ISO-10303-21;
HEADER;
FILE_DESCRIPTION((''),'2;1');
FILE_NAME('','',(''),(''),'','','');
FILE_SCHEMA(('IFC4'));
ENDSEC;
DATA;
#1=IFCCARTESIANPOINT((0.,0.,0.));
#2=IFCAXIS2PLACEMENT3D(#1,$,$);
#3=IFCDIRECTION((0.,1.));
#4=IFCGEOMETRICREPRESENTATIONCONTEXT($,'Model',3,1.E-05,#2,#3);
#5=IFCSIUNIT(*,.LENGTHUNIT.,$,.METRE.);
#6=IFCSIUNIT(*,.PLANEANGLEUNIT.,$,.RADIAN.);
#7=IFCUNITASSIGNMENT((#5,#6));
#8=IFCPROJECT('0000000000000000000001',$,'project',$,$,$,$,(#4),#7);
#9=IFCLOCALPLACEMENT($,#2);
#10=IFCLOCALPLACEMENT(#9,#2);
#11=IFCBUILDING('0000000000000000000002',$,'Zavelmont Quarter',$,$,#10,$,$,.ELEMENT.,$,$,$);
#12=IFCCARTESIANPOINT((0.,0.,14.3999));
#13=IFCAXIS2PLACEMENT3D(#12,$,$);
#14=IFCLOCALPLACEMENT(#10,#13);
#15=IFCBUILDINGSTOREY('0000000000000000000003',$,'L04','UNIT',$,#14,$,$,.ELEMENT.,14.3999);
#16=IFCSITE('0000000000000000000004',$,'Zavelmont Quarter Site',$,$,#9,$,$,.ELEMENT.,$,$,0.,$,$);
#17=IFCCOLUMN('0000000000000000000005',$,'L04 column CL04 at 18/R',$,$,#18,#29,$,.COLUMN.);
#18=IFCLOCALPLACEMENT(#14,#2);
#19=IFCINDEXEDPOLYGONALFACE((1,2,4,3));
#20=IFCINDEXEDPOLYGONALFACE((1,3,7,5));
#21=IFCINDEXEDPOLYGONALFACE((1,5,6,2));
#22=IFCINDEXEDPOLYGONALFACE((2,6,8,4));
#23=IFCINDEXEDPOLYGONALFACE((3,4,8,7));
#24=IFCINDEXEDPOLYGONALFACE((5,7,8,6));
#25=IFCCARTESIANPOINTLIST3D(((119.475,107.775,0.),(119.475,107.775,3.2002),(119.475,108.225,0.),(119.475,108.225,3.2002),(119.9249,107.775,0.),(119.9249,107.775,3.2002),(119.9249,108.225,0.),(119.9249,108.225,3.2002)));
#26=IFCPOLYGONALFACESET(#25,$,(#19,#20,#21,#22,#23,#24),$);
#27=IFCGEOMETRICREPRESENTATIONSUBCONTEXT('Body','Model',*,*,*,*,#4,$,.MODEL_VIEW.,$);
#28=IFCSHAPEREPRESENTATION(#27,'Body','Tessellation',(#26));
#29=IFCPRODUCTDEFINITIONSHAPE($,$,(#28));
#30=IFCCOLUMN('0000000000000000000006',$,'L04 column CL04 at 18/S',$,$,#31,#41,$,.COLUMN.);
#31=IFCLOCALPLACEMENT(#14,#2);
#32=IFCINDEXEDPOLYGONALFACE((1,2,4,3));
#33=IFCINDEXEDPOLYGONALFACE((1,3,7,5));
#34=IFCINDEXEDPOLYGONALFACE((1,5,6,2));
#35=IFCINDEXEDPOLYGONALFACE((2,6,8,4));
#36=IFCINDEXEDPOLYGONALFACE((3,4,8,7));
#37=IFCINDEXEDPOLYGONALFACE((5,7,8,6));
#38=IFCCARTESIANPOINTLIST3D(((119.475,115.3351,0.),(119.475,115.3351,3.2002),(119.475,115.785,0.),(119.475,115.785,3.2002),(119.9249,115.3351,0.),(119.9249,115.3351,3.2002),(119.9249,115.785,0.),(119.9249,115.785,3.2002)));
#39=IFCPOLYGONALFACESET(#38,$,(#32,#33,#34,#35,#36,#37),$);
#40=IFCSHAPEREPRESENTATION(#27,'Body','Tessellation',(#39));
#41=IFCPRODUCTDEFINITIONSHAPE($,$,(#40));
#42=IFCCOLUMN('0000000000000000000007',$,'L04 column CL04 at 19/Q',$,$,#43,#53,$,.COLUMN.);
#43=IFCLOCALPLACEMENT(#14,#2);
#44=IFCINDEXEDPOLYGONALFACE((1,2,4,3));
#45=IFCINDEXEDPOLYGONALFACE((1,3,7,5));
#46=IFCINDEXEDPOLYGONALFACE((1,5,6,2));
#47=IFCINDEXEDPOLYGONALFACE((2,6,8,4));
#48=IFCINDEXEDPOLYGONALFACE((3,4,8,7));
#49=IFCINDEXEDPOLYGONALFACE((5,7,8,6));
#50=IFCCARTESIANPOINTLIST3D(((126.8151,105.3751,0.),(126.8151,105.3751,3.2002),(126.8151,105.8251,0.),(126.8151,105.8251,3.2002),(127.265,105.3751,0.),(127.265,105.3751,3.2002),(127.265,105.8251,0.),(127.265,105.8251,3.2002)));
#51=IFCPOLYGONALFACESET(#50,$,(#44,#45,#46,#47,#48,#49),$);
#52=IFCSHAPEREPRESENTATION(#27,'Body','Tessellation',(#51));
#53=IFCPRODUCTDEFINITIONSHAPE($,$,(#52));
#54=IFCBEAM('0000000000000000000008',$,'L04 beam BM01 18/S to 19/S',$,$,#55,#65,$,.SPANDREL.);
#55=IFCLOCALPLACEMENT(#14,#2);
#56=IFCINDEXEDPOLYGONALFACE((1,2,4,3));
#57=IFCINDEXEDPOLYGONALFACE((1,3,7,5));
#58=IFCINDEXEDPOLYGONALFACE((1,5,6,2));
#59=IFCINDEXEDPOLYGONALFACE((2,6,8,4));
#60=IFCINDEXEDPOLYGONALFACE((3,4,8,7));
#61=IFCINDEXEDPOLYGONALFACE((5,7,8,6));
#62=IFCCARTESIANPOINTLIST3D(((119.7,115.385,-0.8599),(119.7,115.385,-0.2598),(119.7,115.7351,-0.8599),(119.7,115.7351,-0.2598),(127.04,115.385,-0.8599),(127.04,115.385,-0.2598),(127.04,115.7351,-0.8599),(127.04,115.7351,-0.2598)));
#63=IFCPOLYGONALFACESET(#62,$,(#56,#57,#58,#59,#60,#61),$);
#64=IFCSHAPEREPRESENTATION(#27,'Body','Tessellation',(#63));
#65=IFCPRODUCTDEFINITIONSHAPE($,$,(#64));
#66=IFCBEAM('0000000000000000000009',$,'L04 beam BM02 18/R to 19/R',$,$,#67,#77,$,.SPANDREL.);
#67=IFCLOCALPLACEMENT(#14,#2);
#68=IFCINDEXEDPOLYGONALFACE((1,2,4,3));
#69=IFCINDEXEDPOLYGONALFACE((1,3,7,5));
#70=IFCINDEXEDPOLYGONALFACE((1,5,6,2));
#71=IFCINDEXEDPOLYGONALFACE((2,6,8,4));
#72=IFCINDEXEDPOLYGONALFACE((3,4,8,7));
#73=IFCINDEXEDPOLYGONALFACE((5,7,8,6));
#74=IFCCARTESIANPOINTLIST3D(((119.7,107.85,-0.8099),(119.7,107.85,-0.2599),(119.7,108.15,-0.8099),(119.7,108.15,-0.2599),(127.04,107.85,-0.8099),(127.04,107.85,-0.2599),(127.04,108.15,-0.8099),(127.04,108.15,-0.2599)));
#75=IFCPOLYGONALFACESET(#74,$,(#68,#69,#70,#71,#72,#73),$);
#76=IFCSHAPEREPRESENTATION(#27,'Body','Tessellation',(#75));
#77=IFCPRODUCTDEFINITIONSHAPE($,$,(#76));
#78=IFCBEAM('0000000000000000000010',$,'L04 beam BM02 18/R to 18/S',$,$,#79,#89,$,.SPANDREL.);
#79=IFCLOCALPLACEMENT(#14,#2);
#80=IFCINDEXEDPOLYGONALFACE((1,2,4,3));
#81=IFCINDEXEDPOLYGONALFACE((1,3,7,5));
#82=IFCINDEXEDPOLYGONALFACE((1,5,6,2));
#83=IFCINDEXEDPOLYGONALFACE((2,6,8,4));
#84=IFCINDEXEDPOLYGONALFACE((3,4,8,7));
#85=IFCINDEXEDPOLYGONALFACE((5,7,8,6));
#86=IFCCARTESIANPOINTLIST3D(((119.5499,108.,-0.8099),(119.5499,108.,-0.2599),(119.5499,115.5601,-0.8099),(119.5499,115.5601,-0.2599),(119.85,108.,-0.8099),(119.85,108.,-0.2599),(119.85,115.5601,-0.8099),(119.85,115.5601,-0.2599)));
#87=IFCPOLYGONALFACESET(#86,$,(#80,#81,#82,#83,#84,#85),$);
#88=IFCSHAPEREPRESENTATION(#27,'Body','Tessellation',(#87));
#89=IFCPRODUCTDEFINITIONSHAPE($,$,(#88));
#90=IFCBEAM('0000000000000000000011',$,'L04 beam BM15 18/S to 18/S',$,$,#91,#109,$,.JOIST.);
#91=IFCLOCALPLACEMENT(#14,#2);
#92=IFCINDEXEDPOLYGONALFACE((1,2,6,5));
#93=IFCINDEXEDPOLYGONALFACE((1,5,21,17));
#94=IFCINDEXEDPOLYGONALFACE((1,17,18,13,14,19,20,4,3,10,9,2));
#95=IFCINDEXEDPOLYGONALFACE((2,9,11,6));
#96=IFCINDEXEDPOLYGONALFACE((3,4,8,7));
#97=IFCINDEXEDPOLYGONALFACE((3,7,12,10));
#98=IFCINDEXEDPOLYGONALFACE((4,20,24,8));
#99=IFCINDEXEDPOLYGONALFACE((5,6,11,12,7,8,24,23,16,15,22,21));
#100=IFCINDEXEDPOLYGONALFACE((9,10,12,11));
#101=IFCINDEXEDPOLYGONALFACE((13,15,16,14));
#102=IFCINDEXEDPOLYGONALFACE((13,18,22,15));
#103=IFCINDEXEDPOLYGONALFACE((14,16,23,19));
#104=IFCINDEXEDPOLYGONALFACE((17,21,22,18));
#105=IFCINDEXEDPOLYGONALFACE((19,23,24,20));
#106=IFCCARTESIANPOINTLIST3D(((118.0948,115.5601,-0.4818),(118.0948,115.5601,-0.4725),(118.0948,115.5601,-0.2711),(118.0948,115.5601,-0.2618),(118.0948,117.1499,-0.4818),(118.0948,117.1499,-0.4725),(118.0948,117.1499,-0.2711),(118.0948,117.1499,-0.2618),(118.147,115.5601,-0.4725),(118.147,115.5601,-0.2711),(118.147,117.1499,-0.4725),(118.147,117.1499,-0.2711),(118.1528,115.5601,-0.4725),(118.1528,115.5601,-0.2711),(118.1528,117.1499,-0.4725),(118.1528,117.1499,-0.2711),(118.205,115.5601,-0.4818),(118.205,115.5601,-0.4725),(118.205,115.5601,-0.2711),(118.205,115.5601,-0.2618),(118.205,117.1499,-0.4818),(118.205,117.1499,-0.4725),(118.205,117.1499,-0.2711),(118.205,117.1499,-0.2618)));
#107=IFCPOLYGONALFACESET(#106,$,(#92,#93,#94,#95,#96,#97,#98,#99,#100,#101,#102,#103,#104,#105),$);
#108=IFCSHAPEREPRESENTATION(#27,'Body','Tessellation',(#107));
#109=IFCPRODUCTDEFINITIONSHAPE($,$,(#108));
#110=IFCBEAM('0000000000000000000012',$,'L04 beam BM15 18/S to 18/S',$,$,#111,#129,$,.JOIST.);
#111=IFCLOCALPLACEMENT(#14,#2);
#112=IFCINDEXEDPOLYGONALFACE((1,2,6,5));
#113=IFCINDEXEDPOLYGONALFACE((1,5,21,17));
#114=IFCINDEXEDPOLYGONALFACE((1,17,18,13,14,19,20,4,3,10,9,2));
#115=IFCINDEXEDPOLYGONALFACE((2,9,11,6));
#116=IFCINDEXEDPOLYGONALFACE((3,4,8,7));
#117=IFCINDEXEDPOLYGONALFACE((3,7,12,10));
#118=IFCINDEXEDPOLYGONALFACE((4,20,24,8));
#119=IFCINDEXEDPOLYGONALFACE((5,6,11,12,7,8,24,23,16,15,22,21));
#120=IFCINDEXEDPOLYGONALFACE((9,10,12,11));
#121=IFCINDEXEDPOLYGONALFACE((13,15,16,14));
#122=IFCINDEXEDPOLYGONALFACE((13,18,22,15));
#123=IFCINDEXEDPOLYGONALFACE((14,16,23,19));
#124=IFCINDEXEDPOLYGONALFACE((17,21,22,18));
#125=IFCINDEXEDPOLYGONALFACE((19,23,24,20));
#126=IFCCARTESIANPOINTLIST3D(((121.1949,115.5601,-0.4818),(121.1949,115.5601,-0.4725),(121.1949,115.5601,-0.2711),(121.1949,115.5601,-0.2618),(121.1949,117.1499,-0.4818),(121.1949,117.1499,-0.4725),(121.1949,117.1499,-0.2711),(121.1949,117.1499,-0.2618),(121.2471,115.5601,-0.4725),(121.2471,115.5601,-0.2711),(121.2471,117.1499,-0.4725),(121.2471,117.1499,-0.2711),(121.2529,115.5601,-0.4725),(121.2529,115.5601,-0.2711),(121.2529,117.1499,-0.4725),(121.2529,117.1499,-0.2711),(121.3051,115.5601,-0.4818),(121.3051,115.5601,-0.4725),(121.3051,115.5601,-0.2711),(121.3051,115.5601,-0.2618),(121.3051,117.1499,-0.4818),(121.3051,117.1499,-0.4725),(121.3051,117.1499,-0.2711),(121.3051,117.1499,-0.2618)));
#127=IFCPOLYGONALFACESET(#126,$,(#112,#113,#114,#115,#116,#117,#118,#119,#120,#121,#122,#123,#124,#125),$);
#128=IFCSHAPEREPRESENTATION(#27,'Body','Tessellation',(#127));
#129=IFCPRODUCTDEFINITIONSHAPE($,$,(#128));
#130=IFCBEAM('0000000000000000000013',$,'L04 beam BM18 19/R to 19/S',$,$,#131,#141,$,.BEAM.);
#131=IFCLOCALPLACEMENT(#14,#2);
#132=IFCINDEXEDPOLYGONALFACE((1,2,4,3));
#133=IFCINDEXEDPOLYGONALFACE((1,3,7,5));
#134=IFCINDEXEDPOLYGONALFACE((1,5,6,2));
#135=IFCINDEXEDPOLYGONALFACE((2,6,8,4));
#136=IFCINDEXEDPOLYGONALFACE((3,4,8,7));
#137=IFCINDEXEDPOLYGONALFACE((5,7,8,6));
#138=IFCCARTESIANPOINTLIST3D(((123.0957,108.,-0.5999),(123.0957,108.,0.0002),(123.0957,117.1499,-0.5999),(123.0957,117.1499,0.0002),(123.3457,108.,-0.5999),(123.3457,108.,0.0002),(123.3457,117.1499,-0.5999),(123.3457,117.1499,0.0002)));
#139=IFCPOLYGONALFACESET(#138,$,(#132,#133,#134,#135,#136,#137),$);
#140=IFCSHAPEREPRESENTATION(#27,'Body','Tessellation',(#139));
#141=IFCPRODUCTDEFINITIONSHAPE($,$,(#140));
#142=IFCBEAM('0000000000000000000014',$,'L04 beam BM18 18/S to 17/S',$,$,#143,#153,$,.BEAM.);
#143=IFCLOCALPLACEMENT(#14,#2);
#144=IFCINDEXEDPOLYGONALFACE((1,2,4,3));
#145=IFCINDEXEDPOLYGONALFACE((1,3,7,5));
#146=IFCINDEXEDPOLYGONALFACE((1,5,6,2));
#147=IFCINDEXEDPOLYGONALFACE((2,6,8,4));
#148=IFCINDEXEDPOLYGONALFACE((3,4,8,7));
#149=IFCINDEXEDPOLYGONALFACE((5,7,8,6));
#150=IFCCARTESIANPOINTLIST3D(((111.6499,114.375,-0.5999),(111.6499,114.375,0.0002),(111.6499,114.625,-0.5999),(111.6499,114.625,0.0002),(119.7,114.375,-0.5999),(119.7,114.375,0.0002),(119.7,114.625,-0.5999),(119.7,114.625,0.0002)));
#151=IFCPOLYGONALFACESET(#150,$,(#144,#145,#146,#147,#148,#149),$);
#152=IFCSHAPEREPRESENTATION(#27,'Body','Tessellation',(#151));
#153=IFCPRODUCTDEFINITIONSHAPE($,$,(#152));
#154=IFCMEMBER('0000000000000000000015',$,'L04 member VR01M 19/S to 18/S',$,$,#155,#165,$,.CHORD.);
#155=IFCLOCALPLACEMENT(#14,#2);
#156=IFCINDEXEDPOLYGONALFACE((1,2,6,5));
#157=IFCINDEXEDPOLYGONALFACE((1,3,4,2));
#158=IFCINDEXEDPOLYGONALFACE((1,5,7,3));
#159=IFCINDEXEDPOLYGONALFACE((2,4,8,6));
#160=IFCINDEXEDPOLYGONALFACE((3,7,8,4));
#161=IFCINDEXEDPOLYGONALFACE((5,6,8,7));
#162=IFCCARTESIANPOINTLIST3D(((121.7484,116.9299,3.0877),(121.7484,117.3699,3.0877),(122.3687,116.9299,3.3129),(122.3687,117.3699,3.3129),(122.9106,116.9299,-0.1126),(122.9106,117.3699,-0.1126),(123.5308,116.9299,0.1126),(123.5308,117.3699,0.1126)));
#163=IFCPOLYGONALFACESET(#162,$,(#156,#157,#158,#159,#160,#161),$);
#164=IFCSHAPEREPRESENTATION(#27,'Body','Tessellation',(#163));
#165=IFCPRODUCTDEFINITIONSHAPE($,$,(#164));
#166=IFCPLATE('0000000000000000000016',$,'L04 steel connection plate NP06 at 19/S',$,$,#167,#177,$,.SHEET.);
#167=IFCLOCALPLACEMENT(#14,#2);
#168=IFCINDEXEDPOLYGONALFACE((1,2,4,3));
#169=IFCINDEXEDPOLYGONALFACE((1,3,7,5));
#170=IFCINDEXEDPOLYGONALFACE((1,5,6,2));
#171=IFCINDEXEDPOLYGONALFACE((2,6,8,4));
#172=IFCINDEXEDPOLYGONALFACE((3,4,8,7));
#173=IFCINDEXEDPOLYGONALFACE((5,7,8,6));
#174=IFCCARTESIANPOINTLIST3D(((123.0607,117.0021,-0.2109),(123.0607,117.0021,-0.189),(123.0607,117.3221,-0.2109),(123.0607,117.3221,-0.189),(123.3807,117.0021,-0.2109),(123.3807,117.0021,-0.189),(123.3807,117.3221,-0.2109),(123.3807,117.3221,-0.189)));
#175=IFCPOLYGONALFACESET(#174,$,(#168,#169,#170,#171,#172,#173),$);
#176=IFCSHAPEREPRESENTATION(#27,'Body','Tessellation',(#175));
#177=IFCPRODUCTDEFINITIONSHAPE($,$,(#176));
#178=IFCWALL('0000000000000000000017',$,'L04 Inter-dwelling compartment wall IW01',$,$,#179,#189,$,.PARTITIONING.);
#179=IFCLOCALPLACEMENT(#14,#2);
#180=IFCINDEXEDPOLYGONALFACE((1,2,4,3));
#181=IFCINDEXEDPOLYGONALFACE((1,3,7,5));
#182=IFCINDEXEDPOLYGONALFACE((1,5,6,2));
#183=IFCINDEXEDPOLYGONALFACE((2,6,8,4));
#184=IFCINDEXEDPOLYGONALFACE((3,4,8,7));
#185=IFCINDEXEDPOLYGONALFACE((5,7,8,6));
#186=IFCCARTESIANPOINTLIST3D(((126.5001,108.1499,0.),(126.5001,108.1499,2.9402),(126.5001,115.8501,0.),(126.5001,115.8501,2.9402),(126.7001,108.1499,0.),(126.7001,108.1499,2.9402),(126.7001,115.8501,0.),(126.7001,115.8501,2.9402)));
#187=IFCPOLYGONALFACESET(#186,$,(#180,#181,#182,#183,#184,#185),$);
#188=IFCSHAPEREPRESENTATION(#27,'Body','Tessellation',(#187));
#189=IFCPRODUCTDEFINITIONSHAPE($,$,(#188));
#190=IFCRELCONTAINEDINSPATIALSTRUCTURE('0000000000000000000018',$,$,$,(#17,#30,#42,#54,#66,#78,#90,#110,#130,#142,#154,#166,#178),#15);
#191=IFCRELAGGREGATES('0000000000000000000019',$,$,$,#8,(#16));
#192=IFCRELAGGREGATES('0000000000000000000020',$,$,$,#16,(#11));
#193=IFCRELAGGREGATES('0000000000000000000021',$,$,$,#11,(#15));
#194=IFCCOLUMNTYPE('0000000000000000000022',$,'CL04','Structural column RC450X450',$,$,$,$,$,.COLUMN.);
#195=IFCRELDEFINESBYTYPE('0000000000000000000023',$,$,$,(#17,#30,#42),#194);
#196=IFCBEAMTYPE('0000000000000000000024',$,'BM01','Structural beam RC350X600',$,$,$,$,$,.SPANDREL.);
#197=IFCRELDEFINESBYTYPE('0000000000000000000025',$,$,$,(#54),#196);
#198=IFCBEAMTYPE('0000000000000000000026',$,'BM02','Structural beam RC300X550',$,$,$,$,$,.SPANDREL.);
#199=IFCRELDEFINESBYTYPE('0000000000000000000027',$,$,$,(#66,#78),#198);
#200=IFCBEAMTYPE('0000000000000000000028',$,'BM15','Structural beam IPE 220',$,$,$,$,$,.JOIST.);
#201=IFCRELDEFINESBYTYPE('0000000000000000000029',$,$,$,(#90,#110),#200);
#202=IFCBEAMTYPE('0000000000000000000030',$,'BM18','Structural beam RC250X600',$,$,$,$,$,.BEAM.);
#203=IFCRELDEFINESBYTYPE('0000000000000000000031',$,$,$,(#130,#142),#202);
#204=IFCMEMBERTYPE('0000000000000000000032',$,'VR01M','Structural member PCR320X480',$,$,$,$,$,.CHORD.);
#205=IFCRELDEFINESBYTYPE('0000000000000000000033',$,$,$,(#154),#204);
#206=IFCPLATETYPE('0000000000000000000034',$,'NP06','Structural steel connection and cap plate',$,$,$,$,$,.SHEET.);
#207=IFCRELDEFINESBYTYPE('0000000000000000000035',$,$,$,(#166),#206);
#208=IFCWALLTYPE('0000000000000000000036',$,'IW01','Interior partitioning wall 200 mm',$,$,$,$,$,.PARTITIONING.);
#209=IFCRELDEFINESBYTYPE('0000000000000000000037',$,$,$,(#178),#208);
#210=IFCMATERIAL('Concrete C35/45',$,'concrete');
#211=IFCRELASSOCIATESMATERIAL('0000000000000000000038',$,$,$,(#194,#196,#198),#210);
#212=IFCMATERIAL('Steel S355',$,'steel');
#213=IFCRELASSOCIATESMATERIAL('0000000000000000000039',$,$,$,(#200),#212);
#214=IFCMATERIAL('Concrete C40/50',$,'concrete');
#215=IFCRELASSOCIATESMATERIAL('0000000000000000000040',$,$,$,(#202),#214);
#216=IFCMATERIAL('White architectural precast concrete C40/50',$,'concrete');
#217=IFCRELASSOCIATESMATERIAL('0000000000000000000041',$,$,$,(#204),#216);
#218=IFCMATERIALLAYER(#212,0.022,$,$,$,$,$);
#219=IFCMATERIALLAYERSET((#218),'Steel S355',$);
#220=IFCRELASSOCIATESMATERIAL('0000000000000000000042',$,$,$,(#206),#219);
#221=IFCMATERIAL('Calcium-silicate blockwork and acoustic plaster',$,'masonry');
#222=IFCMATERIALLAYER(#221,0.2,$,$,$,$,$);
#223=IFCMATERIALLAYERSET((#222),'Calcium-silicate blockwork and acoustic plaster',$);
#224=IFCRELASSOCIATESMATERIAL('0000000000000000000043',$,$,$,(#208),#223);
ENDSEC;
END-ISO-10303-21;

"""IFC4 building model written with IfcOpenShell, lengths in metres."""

from ifc_helpers import new_model, si_unit, direction, frame, frame_2d, origin, origin_2d, place, context, subcontext, project, spatial, rectangle, i_section, extrude, material, layer, layer_set, material_profile, profile_set, type_object, element, save


model = new_model("IFC4")

# Units and contexts
model_context = context("Model", 3, precision=1e-05, world=origin(), true_north=direction((0.0, 1.0)))
body_context = subcontext(model_context, "Body", "Model", "MODEL_VIEW")
ifc_project = project(units=[si_unit("LENGTHUNIT", "METRE"), si_unit("PLANEANGLEUNIT", "RADIAN")], contexts=[model_context])

# Site, building, storey
site_placement = place(None, origin())
site = spatial("IfcSite", under=ifc_project, at=site_placement, Name="Zavelmont Quarter Site", CompositionType="ELEMENT", RefElevation=0.0)
building_placement = place(site_placement, origin())
building = spatial("IfcBuilding", under=site, at=building_placement, Name="Zavelmont Quarter", CompositionType="ELEMENT")
storey_placement = place(building_placement, frame((0.0, 0.0, 14.3999)))
storey = spatial("IfcBuildingStorey", under=building, at=storey_placement, Name="L04", Description="UNIT", CompositionType="ELEMENT", Elevation=14.3999)

# Columns
ifc_material_1 = material(Name="Concrete C35/45", Category="concrete")
ifc_material_profile_1 = material_profile(ifc_material_1, rectangle(XDim=0.45, YDim=0.45, at=origin_2d()), Name="RC450X450")
ifc_profile_set_1 = profile_set([ifc_material_profile_1], Name="Concrete C35/45")
column_type = type_object("IfcColumnType", Name="CL04", Description="Structural column RC450X450", PredefinedType="COLUMN", material=ifc_profile_set_1)
for number, where, z_axis, x_axis, name in (
    (1, (119.7, 108.0, 0.0), (0.0, 0.0, 1.0), (1.0, 0.0, 0.0), "L04 column CL04 at 18/R"),
    (2, (119.7, 115.5601, 0.0), (0.0, 0.0, 1.0), (1.0, 0.0, 0.0), "L04 column CL04 at 18/S"),
    (3, (127.04, 105.6001, 0.0), (0.0, 0.0, 1.0), (1.0, 0.0, 0.0), "L04 column CL04 at 19/Q"),
):
    element("IfcColumn", number, at=place(storey_placement, frame(where, z_axis=z_axis, x_axis=x_axis)), inside=storey, type_object=column_type, Name=name, PredefinedType="COLUMN", context=body_context, shape_type="SweptSolid", body=[
        extrude(rectangle(XDim=0.45, YDim=0.45, at=origin_2d()), origin(), (0.0, 0.0, 1.0), 3.2002),
    ])

# Beams
ifc_material_profile_2 = material_profile(ifc_material_1, rectangle(XDim=0.3501, YDim=0.6001, at=origin_2d()), Name="RC350X600")
ifc_profile_set_2 = profile_set([ifc_material_profile_2], Name="Concrete C35/45")
beam_type_1 = type_object("IfcBeamType", Name="BM01", Description="Structural beam RC350X600", PredefinedType="SPANDREL", material=ifc_profile_set_2)
beam_1_placement = place(storey_placement, frame((119.7, 115.5601, -0.5598), z_axis=(1.0, 0.0, 0.0), x_axis=(0.0, 1.0, 0.0)))
element("IfcBeam", 4, at=beam_1_placement, inside=storey, type_object=beam_type_1, Name="L04 beam BM01 18/S to 19/S", PredefinedType="SPANDREL", context=body_context, shape_type="SweptSolid", body=[
    extrude(rectangle(XDim=0.3501, YDim=0.6001, at=origin_2d()), origin(), (0.0, 0.0, 1.0), 7.3401),
])
ifc_material_profile_3 = material_profile(ifc_material_1, rectangle(XDim=0.3, YDim=0.55, at=origin_2d()), Name="RC300X550")
ifc_profile_set_3 = profile_set([ifc_material_profile_3], Name="Concrete C35/45")
beam_type_2 = type_object("IfcBeamType", Name="BM02", Description="Structural beam RC300X550", PredefinedType="SPANDREL", material=ifc_profile_set_3)
beam_2_placement = place(storey_placement, frame((119.7, 108.0, -0.5349), z_axis=(1.0, 0.0, 0.0), x_axis=(0.0, 1.0, 0.0)))
element("IfcBeam", 5, at=beam_2_placement, inside=storey, type_object=beam_type_2, Name="L04 beam BM02 18/R to 19/R", PredefinedType="SPANDREL", context=body_context, shape_type="SweptSolid", body=[
    extrude(rectangle(XDim=0.3, YDim=0.55, at=origin_2d()), origin(), (0.0, 0.0, 1.0), 7.3401),
])
beam_3_placement = place(storey_placement, frame((119.7, 108.0, -0.5349), z_axis=(0.0, 1.0, 0.0), x_axis=(-1.0, 0.0, 0.0)))
element("IfcBeam", 6, at=beam_3_placement, inside=storey, type_object=beam_type_2, Name="L04 beam BM02 18/R to 18/S", PredefinedType="SPANDREL", context=body_context, shape_type="SweptSolid", body=[
    extrude(rectangle(XDim=0.3, YDim=0.55, at=origin_2d()), origin(), (0.0, 0.0, 1.0), 7.5601),
])
ifc_material_2 = material(Name="Steel S355", Category="steel")
ifc_material_profile_4 = material_profile(ifc_material_2, i_section(OverallWidth=0.1101, OverallDepth=0.22, WebThickness=0.0059, FlangeThickness=0.0093, at=origin_2d()), Name="IPE 220")
ifc_profile_set_4 = profile_set([ifc_material_profile_4], Name="Steel S355")
beam_type_3 = type_object("IfcBeamType", Name="BM15", Description="Structural beam IPE 220", PredefinedType="JOIST", material=ifc_profile_set_4)
for number, where, z_axis, x_axis, name in (
    (7, (118.1499, 115.5601, -0.3718), (0.0, 1.0, 0.0), (-1.0, 0.0, 0.0), "L04 beam BM15 18/S to 18/S"),
    (8, (121.25, 115.5601, -0.3718), (0.0, 1.0, 0.0), (-1.0, 0.0, 0.0), "L04 beam BM15 18/S to 18/S"),
):
    element("IfcBeam", number, at=place(storey_placement, frame(where, z_axis=z_axis, x_axis=x_axis)), inside=storey, type_object=beam_type_3, Name=name, PredefinedType="JOIST", context=body_context, shape_type="SweptSolid", body=[
        extrude(i_section(OverallWidth=0.1101, OverallDepth=0.22, WebThickness=0.0059, FlangeThickness=0.0093, at=origin_2d()), origin(), (0.0, 0.0, 1.0), 1.5898),
    ])
ifc_material_3 = material(Name="Concrete C40/50", Category="concrete")
ifc_material_profile_5 = material_profile(ifc_material_3, rectangle(XDim=0.25, YDim=0.6001, at=origin_2d()), Name="RC250X600")
ifc_profile_set_5 = profile_set([ifc_material_profile_5], Name="Concrete C40/50")
beam_type_4 = type_object("IfcBeamType", Name="BM18", Description="Structural beam RC250X600", PredefinedType="BEAM", material=ifc_profile_set_5)
beam_4_placement = place(storey_placement, frame((123.2207, 108.0, -0.2998), z_axis=(0.0, 1.0, 0.0), x_axis=(-1.0, 0.0, 0.0)))
element("IfcBeam", 9, at=beam_4_placement, inside=storey, type_object=beam_type_4, Name="L04 beam BM18 19/R to 19/S", PredefinedType="BEAM", context=body_context, shape_type="SweptSolid", body=[
    extrude(rectangle(XDim=0.25, YDim=0.6001, at=origin_2d()), origin(), (0.0, 0.0, 1.0), 9.1499),
])
beam_5_placement = place(storey_placement, frame((119.7, 114.5, -0.2998), z_axis=(-1.0, 0.0, 0.0), x_axis=(0.0, -1.0, 0.0)))
element("IfcBeam", 10, at=beam_5_placement, inside=storey, type_object=beam_type_4, Name="L04 beam BM18 18/S to 17/S", PredefinedType="BEAM", context=body_context, shape_type="SweptSolid", body=[
    extrude(rectangle(XDim=0.25, YDim=0.6001, at=origin_2d()), origin(), (0.0, 0.0, 1.0), 8.05),
])

# Member
ifc_material_4 = material(Name="White architectural precast concrete C40/50", Category="concrete")
ifc_material_profile_6 = material_profile(ifc_material_4, rectangle(XDim=0.4399, YDim=0.6599, at=origin_2d()), Name="PCR320X480")
ifc_profile_set_6 = profile_set([ifc_material_profile_6], Name="White architectural precast concrete C40/50")
member_type = type_object("IfcMemberType", Name="VR01M", Description="Structural member PCR320X480", PredefinedType="CHORD", material=ifc_profile_set_6)
member_placement = place(storey_placement, frame((123.2207, 117.1499, 0.0), z_axis=(-0.341328, 0.0, 0.939944), x_axis=(0.0, -1.0, 0.0)))
element("IfcMember", 11, at=member_placement, inside=storey, type_object=member_type, Name="L04 member VR01M 19/S to 18/S", PredefinedType="CHORD", context=body_context, shape_type="SweptSolid", body=[
    extrude(rectangle(XDim=0.4399, YDim=0.6599, at=origin_2d()), origin(), (0.0, 0.0, 1.0), 3.4048),
])

# Plate
ifc_layer_1 = layer(ifc_material_2, 0.022)
ifc_layer_set_1 = layer_set([ifc_layer_1], Name="Steel S355")
plate_type = type_object("IfcPlateType", Name="NP06", Description="Structural steel connection and cap plate", PredefinedType="SHEET", material=ifc_layer_set_1)
plate_placement = place(storey_placement, frame((123.2207, 117.1621, -0.2109), z_axis=(0.0, 0.0, 1.0), x_axis=(1.0, 0.0, 0.0)))
element("IfcPlate", 12, at=plate_placement, inside=storey, type_object=plate_type, Name="L04 steel connection plate NP06 at 19/S", PredefinedType="SHEET", context=body_context, shape_type="SweptSolid", body=[
    extrude(rectangle(XDim=0.3201, YDim=0.3201, at=origin_2d()), origin(), (0.0, 0.0, 1.0), 0.022),
])

# Wall
ifc_material_5 = material(Name="Calcium-silicate blockwork and acoustic plaster", Category="masonry")
ifc_layer_2 = layer(ifc_material_5, 0.2)
ifc_layer_set_2 = layer_set([ifc_layer_2], Name="Calcium-silicate blockwork and acoustic plaster")
wall_type_1 = type_object("IfcWallType", Name="IW01", Description="Interior partitioning wall 200 mm", PredefinedType="PARTITIONING", material=ifc_layer_set_2)
wall_1_placement = place(storey_placement, frame((126.6001, 108.1499, 0.0), z_axis=(0.0, 0.0, 1.0), x_axis=(0.0, 1.0, 0.0)))
element("IfcWall", 13, at=wall_1_placement, inside=storey, type_object=wall_type_1, Name="L04 Inter-dwelling compartment wall IW01", PredefinedType="PARTITIONING", context=body_context, shape_type="SweptSolid", body=[
    extrude(rectangle(XDim=7.7002, YDim=0.2, at=frame_2d((3.8501, 0.0))), origin(), (0.0, 0.0, 1.0), 2.9402),
])

save(model, "model.ifc")
